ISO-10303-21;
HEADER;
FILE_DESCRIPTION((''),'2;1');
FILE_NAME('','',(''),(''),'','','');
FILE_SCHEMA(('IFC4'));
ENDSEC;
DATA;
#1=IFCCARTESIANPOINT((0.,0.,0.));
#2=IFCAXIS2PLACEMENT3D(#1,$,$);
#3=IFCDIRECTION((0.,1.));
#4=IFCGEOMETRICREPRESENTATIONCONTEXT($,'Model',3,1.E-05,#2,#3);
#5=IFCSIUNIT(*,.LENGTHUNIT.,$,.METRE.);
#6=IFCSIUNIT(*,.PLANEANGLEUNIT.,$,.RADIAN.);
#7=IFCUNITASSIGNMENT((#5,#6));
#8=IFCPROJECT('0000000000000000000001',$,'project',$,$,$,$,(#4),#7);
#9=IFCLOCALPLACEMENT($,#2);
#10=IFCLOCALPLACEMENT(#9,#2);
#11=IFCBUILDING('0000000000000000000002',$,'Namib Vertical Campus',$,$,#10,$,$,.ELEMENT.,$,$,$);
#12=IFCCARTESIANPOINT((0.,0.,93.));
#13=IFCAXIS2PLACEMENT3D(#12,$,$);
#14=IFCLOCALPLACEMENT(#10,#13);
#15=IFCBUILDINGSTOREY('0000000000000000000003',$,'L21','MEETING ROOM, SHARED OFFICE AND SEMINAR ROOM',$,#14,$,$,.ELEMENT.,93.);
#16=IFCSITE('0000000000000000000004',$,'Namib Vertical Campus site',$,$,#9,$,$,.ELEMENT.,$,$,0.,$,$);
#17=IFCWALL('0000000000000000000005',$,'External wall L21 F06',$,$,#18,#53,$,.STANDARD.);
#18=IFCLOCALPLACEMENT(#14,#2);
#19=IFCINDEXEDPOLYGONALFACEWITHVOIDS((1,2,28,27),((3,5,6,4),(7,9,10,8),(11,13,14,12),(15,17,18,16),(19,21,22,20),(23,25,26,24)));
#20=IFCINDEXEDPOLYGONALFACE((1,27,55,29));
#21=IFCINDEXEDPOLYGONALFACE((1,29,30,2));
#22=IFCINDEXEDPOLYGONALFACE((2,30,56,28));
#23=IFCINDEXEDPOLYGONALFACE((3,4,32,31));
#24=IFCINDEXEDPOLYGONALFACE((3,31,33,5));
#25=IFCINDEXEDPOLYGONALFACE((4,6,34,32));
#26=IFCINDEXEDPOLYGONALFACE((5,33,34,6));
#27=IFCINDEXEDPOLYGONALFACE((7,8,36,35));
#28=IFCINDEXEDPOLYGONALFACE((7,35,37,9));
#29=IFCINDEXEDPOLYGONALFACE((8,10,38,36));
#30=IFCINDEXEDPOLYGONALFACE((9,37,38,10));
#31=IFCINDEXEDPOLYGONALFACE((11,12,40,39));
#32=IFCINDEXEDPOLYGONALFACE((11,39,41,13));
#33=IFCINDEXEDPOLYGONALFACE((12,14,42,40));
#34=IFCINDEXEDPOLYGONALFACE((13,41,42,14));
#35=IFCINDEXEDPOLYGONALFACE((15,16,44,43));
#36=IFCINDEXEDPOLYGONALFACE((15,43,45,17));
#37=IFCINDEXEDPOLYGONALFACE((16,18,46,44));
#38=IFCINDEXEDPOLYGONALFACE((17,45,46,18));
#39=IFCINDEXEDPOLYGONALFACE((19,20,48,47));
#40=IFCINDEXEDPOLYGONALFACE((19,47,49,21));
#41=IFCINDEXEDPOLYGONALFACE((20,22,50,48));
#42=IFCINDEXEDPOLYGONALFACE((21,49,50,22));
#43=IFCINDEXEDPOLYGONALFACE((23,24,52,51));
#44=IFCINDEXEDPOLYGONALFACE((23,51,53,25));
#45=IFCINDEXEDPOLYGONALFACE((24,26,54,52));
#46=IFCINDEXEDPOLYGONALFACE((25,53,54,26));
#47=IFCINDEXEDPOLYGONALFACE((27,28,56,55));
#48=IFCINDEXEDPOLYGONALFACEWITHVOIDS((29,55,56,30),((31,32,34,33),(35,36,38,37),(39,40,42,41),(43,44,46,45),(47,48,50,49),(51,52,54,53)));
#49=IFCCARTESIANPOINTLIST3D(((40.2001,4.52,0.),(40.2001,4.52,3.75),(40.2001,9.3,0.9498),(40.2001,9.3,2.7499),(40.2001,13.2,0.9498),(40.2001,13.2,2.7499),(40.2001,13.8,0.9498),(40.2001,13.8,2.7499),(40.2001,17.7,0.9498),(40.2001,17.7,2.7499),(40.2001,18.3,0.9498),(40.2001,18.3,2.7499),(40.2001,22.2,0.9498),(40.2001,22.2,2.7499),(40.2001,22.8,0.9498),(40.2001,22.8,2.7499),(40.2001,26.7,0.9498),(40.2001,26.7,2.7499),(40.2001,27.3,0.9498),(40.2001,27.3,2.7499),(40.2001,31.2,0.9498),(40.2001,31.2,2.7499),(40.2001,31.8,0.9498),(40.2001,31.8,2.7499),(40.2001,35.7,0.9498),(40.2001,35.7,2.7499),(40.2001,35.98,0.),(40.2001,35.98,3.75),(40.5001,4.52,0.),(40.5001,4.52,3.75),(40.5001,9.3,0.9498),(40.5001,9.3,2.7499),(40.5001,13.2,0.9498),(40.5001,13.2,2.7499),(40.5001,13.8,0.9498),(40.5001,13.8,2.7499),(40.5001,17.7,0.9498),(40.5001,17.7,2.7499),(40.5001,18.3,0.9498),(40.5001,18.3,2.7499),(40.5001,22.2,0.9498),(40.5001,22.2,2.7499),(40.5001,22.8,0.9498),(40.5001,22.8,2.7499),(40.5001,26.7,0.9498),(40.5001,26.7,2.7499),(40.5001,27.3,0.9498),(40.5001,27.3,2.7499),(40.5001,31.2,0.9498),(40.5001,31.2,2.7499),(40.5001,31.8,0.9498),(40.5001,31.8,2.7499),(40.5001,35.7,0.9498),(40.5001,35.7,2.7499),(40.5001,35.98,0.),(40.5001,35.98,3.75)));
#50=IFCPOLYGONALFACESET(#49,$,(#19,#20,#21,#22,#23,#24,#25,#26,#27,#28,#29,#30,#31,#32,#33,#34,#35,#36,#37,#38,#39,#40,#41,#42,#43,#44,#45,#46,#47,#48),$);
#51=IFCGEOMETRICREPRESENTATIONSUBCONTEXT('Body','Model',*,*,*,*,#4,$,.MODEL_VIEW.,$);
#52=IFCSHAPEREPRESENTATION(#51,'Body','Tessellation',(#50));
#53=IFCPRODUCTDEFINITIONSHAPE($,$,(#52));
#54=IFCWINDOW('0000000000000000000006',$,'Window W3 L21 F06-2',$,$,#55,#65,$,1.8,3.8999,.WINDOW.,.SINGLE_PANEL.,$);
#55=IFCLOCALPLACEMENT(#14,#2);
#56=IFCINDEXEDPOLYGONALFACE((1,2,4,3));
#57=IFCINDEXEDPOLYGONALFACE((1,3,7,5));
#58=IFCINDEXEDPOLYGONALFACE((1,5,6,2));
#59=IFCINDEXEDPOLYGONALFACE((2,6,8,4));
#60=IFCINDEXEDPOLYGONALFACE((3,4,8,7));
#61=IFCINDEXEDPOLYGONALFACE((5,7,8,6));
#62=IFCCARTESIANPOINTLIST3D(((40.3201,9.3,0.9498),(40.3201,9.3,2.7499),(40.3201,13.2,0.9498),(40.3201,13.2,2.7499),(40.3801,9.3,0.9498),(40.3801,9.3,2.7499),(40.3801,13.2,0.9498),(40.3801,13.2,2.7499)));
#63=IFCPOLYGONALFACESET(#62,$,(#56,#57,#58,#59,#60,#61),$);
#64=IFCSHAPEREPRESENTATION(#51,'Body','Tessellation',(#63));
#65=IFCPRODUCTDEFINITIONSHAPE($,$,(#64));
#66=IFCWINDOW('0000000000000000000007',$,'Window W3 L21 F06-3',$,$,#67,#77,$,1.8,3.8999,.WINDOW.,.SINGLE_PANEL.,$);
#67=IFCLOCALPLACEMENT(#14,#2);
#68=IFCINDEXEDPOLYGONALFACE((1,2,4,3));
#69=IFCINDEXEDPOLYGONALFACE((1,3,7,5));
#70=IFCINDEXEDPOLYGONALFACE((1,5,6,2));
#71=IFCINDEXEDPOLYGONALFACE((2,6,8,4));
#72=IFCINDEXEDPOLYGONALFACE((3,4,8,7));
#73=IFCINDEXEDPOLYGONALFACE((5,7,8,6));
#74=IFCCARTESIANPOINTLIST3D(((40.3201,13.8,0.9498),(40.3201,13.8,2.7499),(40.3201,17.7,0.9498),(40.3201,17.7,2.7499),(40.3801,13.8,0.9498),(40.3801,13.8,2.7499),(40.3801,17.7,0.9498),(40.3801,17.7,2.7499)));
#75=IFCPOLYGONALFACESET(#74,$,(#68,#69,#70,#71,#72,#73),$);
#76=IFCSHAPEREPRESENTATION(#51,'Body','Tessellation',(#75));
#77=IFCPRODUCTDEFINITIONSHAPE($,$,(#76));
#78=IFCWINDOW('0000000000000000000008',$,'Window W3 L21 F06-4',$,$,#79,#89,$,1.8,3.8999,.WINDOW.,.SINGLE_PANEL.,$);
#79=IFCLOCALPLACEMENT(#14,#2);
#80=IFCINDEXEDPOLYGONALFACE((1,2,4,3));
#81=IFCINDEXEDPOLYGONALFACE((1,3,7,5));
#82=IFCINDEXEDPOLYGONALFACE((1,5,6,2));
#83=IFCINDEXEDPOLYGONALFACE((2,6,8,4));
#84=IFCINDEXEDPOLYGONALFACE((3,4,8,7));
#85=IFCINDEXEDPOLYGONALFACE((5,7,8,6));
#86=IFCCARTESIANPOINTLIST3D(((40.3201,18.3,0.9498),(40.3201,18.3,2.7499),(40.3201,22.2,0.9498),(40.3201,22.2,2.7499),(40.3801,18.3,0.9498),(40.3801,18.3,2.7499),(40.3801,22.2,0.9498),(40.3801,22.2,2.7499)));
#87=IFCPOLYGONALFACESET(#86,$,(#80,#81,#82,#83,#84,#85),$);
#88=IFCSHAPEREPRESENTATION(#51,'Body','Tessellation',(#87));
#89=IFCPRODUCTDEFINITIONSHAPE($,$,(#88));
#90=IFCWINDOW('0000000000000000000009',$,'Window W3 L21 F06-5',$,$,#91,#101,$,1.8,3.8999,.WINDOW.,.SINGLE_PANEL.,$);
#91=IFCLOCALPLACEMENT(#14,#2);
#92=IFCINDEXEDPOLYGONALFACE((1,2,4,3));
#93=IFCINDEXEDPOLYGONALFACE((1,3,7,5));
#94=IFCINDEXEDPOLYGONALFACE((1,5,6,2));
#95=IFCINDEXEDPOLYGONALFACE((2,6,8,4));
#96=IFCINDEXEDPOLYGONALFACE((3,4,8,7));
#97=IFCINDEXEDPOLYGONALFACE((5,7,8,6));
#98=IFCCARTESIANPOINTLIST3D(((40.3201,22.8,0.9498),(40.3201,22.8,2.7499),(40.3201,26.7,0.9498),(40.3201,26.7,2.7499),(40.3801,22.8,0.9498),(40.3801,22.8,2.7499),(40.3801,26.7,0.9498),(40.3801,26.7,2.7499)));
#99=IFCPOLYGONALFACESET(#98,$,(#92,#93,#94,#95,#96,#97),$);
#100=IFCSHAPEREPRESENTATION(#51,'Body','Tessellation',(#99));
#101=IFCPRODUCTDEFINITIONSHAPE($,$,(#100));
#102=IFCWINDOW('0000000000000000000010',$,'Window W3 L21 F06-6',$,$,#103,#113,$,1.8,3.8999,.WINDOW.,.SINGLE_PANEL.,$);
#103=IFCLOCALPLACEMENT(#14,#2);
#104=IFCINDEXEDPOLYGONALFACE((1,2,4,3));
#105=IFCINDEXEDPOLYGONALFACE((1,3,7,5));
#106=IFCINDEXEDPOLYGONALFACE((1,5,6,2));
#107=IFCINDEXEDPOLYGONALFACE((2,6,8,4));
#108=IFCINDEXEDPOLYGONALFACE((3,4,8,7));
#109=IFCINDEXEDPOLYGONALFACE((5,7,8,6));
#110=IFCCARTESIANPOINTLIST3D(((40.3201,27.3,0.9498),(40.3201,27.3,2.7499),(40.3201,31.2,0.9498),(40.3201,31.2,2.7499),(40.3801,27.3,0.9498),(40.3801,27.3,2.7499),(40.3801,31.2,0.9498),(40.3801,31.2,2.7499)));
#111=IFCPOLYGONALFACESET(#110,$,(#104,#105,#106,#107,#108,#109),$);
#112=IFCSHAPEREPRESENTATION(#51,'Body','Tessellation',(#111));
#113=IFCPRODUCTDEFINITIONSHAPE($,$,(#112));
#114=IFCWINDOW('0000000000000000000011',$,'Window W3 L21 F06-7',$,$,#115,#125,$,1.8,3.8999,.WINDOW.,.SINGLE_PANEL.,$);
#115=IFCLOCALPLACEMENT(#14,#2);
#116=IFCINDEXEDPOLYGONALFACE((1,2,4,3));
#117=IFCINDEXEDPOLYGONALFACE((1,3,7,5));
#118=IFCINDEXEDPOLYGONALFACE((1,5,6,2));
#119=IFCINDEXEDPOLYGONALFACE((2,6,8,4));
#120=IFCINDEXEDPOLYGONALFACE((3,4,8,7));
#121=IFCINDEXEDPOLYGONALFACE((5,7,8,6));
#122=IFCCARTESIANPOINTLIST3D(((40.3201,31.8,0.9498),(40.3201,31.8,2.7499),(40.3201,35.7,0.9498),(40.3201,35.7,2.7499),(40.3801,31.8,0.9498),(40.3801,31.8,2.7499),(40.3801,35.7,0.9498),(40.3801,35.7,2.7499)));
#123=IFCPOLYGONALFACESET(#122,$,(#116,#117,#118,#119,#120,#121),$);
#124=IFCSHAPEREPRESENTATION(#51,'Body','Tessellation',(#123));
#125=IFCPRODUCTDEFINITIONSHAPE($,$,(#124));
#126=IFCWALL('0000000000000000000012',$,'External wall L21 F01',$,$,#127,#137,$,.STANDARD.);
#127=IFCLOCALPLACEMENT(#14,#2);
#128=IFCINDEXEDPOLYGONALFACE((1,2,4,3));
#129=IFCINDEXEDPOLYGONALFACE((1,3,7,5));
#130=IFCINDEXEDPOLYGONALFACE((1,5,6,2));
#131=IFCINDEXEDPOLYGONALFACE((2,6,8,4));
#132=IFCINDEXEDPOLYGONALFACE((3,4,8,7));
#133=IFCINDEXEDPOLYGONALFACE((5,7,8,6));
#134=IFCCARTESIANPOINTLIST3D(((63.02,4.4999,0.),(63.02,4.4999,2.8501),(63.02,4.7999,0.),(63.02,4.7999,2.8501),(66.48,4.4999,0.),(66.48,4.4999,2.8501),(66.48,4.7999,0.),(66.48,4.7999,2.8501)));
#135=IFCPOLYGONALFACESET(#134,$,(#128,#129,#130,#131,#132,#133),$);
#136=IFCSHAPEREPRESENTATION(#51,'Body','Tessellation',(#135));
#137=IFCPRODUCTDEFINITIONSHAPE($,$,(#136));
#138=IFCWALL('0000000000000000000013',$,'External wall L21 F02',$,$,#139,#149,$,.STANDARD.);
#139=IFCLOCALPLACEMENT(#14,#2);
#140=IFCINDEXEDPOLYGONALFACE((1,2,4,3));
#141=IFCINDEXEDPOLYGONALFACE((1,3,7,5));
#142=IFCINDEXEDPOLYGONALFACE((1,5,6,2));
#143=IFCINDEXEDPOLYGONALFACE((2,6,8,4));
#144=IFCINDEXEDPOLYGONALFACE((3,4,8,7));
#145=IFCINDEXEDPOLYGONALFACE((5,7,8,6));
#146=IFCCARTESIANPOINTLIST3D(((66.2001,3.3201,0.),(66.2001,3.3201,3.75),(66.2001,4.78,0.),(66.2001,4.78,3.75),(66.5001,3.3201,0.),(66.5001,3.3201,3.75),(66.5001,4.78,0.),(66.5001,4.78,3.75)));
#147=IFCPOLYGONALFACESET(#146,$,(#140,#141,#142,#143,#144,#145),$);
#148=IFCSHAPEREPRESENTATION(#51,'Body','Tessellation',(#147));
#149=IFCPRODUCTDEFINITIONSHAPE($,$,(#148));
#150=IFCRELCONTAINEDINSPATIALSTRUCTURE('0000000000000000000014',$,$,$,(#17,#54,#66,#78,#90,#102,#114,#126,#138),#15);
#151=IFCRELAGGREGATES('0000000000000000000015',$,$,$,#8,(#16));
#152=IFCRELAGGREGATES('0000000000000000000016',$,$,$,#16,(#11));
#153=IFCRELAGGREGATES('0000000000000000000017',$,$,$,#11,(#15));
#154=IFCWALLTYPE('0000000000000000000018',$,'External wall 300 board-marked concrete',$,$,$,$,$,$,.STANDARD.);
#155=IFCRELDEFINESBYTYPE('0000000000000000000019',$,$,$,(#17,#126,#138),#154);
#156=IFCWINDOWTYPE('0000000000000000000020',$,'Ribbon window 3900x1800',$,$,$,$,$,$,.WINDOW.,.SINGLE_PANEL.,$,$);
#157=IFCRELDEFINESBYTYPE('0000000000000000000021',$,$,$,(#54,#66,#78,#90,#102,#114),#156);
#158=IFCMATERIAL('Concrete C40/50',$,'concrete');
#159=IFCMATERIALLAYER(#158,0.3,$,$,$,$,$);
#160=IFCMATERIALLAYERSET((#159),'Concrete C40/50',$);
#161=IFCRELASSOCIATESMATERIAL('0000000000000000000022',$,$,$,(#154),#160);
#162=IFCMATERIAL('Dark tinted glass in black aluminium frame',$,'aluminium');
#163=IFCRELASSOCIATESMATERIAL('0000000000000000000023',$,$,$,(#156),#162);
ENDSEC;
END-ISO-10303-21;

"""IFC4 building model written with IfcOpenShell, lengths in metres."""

from ifc_helpers import new_model, si_unit, direction, frame, frame_2d, origin, place, context, subcontext, project, spatial, rectangle, extrude, material, layer, layer_set, type_object, element, fill, save


model = new_model("IFC4")

# Units and contexts
model_context = context("Model", 3, precision=1e-05, world=origin(), true_north=direction((0.0, 1.0)))
body_context = subcontext(model_context, "Body", "Model", "MODEL_VIEW")
ifc_project = project(units=[si_unit("LENGTHUNIT", "METRE"), si_unit("PLANEANGLEUNIT", "RADIAN")], contexts=[model_context])

# Site, building, storey
site_placement = place(None, origin())
site = spatial("IfcSite", under=ifc_project, at=site_placement, Name="Namib Vertical Campus site", CompositionType="ELEMENT", RefElevation=0.0)
building_placement = place(site_placement, origin())
building = spatial("IfcBuilding", under=site, at=building_placement, Name="Namib Vertical Campus", CompositionType="ELEMENT")
storey_placement = place(building_placement, frame((0.0, 0.0, 93.0)))
storey = spatial("IfcBuildingStorey", under=building, at=storey_placement, Name="L21", Description="MEETING ROOM, SHARED OFFICE AND SEMINAR ROOM", CompositionType="ELEMENT", Elevation=93.0)

# Wall, openings, windows
ifc_material_1 = material(Name="Concrete C40/50", Category="concrete")
ifc_layer_1 = layer(ifc_material_1, 0.3)
ifc_layer_set_1 = layer_set([ifc_layer_1], Name="Concrete C40/50")
wall_type_1 = type_object("IfcWallType", Name="External wall 300 board-marked concrete", PredefinedType="STANDARD", material=ifc_layer_set_1)
wall_1_placement = place(storey_placement, frame((40.3501, 4.52, 0.0), z_axis=(0.0, 0.0, 1.0), x_axis=(0.0, 1.0, 0.0)))
wall_1 = element("IfcWall", 1, at=wall_1_placement, inside=storey, type_object=wall_type_1, Name="External wall L21 F06", PredefinedType="STANDARD", context=body_context, shape_type="SweptSolid", body=[
    extrude(rectangle(XDim=31.46, YDim=0.3, at=frame_2d((15.73, 0.0))), origin(), (0.0, 0.0, 1.0), 3.75),
])
opening_1_placement = place(wall_1_placement, frame((4.78, 0.0, 0.95)))
opening_1 = element("IfcOpeningElement", 2, at=opening_1_placement, cuts=wall_1, PredefinedType="OPENING", context=body_context, shape_type="SweptSolid", body=[
    extrude(rectangle(XDim=3.8999, YDim=1.8, at=frame_2d((1.95, 0.8999))), frame((0.0, 0.1599, 0.0), z_axis=(0.0, -1.0, 0.0), x_axis=(1.0, 0.0, 0.0)), (0.0, 0.0, 1.0), 0.3201),
])
opening_2_placement = place(wall_1_placement, frame((9.28, 0.0, 0.95)))
opening_2 = element("IfcOpeningElement", 3, at=opening_2_placement, cuts=wall_1, PredefinedType="OPENING", context=body_context, shape_type="SweptSolid", body=[
    extrude(rectangle(XDim=3.8999, YDim=1.8, at=frame_2d((1.95, 0.8999))), frame((0.0, 0.1599, 0.0), z_axis=(0.0, -1.0, 0.0), x_axis=(1.0, 0.0, 0.0)), (0.0, 0.0, 1.0), 0.3201),
])
opening_3_placement = place(wall_1_placement, frame((13.78, 0.0, 0.95)))
opening_3 = element("IfcOpeningElement", 4, at=opening_3_placement, cuts=wall_1, PredefinedType="OPENING", context=body_context, shape_type="SweptSolid", body=[
    extrude(rectangle(XDim=3.8999, YDim=1.8, at=frame_2d((1.95, 0.8999))), frame((0.0, 0.1599, 0.0), z_axis=(0.0, -1.0, 0.0), x_axis=(1.0, 0.0, 0.0)), (0.0, 0.0, 1.0), 0.3201),
])
opening_4_placement = place(wall_1_placement, frame((18.28, 0.0, 0.95)))
opening_4 = element("IfcOpeningElement", 5, at=opening_4_placement, cuts=wall_1, PredefinedType="OPENING", context=body_context, shape_type="SweptSolid", body=[
    extrude(rectangle(XDim=3.8999, YDim=1.8, at=frame_2d((1.95, 0.8999))), frame((0.0, 0.1599, 0.0), z_axis=(0.0, -1.0, 0.0), x_axis=(1.0, 0.0, 0.0)), (0.0, 0.0, 1.0), 0.3201),
])
opening_5_placement = place(wall_1_placement, frame((22.78, 0.0, 0.95)))
opening_5 = element("IfcOpeningElement", 6, at=opening_5_placement, cuts=wall_1, PredefinedType="OPENING", context=body_context, shape_type="SweptSolid", body=[
    extrude(rectangle(XDim=3.8999, YDim=1.8, at=frame_2d((1.95, 0.8999))), frame((0.0, 0.1599, 0.0), z_axis=(0.0, -1.0, 0.0), x_axis=(1.0, 0.0, 0.0)), (0.0, 0.0, 1.0), 0.3201),
])
opening_6_placement = place(wall_1_placement, frame((27.28, 0.0, 0.95)))
opening_6 = element("IfcOpeningElement", 7, at=opening_6_placement, cuts=wall_1, PredefinedType="OPENING", context=body_context, shape_type="SweptSolid", body=[
    extrude(rectangle(XDim=3.8999, YDim=1.8, at=frame_2d((1.95, 0.8999))), frame((0.0, 0.1599, 0.0), z_axis=(0.0, -1.0, 0.0), x_axis=(1.0, 0.0, 0.0)), (0.0, 0.0, 1.0), 0.3201),
])
ifc_material_2 = material(Name="Dark tinted glass in black aluminium frame", Category="aluminium")
window_type = type_object("IfcWindowType", Name="Ribbon window 3900x1800", PartitioningType="SINGLE_PANEL", PredefinedType="WINDOW", material=ifc_material_2)
window_1_placement = place(opening_1_placement, origin())
window_1 = element("IfcWindow", 8, at=window_1_placement, inside=storey, type_object=window_type, Name="Window W3 L21 F06-2", OverallHeight=1.8, OverallWidth=3.8999, PartitioningType="SINGLE_PANEL", PredefinedType="WINDOW", context=body_context, shape_type="SweptSolid", body=[
    extrude(rectangle(XDim=3.8999, YDim=1.8, at=frame_2d((1.95, 0.8999))), frame((0.0, 0.03, 0.0), z_axis=(0.0, -1.0, 0.0), x_axis=(1.0, 0.0, 0.0)), (0.0, 0.0, 1.0), 0.0601),
])
fill(opening_1, window_1)
window_2_placement = place(opening_2_placement, origin())
window_2 = element("IfcWindow", 9, at=window_2_placement, inside=storey, type_object=window_type, Name="Window W3 L21 F06-3", OverallHeight=1.8, OverallWidth=3.8999, PartitioningType="SINGLE_PANEL", PredefinedType="WINDOW", context=body_context, shape_type="SweptSolid", body=[
    extrude(rectangle(XDim=3.8999, YDim=1.8, at=frame_2d((1.95, 0.8999))), frame((0.0, 0.03, 0.0), z_axis=(0.0, -1.0, 0.0), x_axis=(1.0, 0.0, 0.0)), (0.0, 0.0, 1.0), 0.0601),
])
fill(opening_2, window_2)
window_3_placement = place(opening_3_placement, origin())
window_3 = element("IfcWindow", 10, at=window_3_placement, inside=storey, type_object=window_type, Name="Window W3 L21 F06-4", OverallHeight=1.8, OverallWidth=3.8999, PartitioningType="SINGLE_PANEL", PredefinedType="WINDOW", context=body_context, shape_type="SweptSolid", body=[
    extrude(rectangle(XDim=3.8999, YDim=1.8, at=frame_2d((1.95, 0.8999))), frame((0.0, 0.03, 0.0), z_axis=(0.0, -1.0, 0.0), x_axis=(1.0, 0.0, 0.0)), (0.0, 0.0, 1.0), 0.0601),
])
fill(opening_3, window_3)
window_4_placement = place(opening_4_placement, origin())
window_4 = element("IfcWindow", 11, at=window_4_placement, inside=storey, type_object=window_type, Name="Window W3 L21 F06-5", OverallHeight=1.8, OverallWidth=3.8999, PartitioningType="SINGLE_PANEL", PredefinedType="WINDOW", context=body_context, shape_type="SweptSolid", body=[
    extrude(rectangle(XDim=3.8999, YDim=1.8, at=frame_2d((1.95, 0.8999))), frame((0.0, 0.03, 0.0), z_axis=(0.0, -1.0, 0.0), x_axis=(1.0, 0.0, 0.0)), (0.0, 0.0, 1.0), 0.0601),
])
fill(opening_4, window_4)
window_5_placement = place(opening_5_placement, origin())
window_5 = element("IfcWindow", 12, at=window_5_placement, inside=storey, type_object=window_type, Name="Window W3 L21 F06-6", OverallHeight=1.8, OverallWidth=3.8999, PartitioningType="SINGLE_PANEL", PredefinedType="WINDOW", context=body_context, shape_type="SweptSolid", body=[
    extrude(rectangle(XDim=3.8999, YDim=1.8, at=frame_2d((1.95, 0.8999))), frame((0.0, 0.03, 0.0), z_axis=(0.0, -1.0, 0.0), x_axis=(1.0, 0.0, 0.0)), (0.0, 0.0, 1.0), 0.0601),
])
fill(opening_5, window_5)
window_6_placement = place(opening_6_placement, origin())
window_6 = element("IfcWindow", 13, at=window_6_placement, inside=storey, type_object=window_type, Name="Window W3 L21 F06-7", OverallHeight=1.8, OverallWidth=3.8999, PartitioningType="SINGLE_PANEL", PredefinedType="WINDOW", context=body_context, shape_type="SweptSolid", body=[
    extrude(rectangle(XDim=3.8999, YDim=1.8, at=frame_2d((1.95, 0.8999))), frame((0.0, 0.03, 0.0), z_axis=(0.0, -1.0, 0.0), x_axis=(1.0, 0.0, 0.0)), (0.0, 0.0, 1.0), 0.0601),
])
fill(opening_6, window_6)

# Walls
wall_2_placement = place(storey_placement, frame((63.02, 4.6499, 0.0), z_axis=(0.0, 0.0, 1.0), x_axis=(1.0, 0.0, 0.0)))
element("IfcWall", 14, at=wall_2_placement, inside=storey, type_object=wall_type_1, Name="External wall L21 F01", PredefinedType="STANDARD", context=body_context, shape_type="SweptSolid", body=[
    extrude(rectangle(XDim=3.46, YDim=0.3, at=frame_2d((1.73, 0.0))), origin(), (0.0, 0.0, 1.0), 2.8501),
])
wall_3_placement = place(storey_placement, frame((66.3501, 4.78, 0.0), z_axis=(0.0, 0.0, 1.0), x_axis=(0.0, -1.0, 0.0)))
element("IfcWall", 15, at=wall_3_placement, inside=storey, type_object=wall_type_1, Name="External wall L21 F02", PredefinedType="STANDARD", context=body_context, shape_type="SweptSolid", body=[
    extrude(rectangle(XDim=1.46, YDim=0.3, at=frame_2d((0.73, 0.0))), origin(), (0.0, 0.0, 1.0), 3.75),
])

save(model, "model.ifc")
